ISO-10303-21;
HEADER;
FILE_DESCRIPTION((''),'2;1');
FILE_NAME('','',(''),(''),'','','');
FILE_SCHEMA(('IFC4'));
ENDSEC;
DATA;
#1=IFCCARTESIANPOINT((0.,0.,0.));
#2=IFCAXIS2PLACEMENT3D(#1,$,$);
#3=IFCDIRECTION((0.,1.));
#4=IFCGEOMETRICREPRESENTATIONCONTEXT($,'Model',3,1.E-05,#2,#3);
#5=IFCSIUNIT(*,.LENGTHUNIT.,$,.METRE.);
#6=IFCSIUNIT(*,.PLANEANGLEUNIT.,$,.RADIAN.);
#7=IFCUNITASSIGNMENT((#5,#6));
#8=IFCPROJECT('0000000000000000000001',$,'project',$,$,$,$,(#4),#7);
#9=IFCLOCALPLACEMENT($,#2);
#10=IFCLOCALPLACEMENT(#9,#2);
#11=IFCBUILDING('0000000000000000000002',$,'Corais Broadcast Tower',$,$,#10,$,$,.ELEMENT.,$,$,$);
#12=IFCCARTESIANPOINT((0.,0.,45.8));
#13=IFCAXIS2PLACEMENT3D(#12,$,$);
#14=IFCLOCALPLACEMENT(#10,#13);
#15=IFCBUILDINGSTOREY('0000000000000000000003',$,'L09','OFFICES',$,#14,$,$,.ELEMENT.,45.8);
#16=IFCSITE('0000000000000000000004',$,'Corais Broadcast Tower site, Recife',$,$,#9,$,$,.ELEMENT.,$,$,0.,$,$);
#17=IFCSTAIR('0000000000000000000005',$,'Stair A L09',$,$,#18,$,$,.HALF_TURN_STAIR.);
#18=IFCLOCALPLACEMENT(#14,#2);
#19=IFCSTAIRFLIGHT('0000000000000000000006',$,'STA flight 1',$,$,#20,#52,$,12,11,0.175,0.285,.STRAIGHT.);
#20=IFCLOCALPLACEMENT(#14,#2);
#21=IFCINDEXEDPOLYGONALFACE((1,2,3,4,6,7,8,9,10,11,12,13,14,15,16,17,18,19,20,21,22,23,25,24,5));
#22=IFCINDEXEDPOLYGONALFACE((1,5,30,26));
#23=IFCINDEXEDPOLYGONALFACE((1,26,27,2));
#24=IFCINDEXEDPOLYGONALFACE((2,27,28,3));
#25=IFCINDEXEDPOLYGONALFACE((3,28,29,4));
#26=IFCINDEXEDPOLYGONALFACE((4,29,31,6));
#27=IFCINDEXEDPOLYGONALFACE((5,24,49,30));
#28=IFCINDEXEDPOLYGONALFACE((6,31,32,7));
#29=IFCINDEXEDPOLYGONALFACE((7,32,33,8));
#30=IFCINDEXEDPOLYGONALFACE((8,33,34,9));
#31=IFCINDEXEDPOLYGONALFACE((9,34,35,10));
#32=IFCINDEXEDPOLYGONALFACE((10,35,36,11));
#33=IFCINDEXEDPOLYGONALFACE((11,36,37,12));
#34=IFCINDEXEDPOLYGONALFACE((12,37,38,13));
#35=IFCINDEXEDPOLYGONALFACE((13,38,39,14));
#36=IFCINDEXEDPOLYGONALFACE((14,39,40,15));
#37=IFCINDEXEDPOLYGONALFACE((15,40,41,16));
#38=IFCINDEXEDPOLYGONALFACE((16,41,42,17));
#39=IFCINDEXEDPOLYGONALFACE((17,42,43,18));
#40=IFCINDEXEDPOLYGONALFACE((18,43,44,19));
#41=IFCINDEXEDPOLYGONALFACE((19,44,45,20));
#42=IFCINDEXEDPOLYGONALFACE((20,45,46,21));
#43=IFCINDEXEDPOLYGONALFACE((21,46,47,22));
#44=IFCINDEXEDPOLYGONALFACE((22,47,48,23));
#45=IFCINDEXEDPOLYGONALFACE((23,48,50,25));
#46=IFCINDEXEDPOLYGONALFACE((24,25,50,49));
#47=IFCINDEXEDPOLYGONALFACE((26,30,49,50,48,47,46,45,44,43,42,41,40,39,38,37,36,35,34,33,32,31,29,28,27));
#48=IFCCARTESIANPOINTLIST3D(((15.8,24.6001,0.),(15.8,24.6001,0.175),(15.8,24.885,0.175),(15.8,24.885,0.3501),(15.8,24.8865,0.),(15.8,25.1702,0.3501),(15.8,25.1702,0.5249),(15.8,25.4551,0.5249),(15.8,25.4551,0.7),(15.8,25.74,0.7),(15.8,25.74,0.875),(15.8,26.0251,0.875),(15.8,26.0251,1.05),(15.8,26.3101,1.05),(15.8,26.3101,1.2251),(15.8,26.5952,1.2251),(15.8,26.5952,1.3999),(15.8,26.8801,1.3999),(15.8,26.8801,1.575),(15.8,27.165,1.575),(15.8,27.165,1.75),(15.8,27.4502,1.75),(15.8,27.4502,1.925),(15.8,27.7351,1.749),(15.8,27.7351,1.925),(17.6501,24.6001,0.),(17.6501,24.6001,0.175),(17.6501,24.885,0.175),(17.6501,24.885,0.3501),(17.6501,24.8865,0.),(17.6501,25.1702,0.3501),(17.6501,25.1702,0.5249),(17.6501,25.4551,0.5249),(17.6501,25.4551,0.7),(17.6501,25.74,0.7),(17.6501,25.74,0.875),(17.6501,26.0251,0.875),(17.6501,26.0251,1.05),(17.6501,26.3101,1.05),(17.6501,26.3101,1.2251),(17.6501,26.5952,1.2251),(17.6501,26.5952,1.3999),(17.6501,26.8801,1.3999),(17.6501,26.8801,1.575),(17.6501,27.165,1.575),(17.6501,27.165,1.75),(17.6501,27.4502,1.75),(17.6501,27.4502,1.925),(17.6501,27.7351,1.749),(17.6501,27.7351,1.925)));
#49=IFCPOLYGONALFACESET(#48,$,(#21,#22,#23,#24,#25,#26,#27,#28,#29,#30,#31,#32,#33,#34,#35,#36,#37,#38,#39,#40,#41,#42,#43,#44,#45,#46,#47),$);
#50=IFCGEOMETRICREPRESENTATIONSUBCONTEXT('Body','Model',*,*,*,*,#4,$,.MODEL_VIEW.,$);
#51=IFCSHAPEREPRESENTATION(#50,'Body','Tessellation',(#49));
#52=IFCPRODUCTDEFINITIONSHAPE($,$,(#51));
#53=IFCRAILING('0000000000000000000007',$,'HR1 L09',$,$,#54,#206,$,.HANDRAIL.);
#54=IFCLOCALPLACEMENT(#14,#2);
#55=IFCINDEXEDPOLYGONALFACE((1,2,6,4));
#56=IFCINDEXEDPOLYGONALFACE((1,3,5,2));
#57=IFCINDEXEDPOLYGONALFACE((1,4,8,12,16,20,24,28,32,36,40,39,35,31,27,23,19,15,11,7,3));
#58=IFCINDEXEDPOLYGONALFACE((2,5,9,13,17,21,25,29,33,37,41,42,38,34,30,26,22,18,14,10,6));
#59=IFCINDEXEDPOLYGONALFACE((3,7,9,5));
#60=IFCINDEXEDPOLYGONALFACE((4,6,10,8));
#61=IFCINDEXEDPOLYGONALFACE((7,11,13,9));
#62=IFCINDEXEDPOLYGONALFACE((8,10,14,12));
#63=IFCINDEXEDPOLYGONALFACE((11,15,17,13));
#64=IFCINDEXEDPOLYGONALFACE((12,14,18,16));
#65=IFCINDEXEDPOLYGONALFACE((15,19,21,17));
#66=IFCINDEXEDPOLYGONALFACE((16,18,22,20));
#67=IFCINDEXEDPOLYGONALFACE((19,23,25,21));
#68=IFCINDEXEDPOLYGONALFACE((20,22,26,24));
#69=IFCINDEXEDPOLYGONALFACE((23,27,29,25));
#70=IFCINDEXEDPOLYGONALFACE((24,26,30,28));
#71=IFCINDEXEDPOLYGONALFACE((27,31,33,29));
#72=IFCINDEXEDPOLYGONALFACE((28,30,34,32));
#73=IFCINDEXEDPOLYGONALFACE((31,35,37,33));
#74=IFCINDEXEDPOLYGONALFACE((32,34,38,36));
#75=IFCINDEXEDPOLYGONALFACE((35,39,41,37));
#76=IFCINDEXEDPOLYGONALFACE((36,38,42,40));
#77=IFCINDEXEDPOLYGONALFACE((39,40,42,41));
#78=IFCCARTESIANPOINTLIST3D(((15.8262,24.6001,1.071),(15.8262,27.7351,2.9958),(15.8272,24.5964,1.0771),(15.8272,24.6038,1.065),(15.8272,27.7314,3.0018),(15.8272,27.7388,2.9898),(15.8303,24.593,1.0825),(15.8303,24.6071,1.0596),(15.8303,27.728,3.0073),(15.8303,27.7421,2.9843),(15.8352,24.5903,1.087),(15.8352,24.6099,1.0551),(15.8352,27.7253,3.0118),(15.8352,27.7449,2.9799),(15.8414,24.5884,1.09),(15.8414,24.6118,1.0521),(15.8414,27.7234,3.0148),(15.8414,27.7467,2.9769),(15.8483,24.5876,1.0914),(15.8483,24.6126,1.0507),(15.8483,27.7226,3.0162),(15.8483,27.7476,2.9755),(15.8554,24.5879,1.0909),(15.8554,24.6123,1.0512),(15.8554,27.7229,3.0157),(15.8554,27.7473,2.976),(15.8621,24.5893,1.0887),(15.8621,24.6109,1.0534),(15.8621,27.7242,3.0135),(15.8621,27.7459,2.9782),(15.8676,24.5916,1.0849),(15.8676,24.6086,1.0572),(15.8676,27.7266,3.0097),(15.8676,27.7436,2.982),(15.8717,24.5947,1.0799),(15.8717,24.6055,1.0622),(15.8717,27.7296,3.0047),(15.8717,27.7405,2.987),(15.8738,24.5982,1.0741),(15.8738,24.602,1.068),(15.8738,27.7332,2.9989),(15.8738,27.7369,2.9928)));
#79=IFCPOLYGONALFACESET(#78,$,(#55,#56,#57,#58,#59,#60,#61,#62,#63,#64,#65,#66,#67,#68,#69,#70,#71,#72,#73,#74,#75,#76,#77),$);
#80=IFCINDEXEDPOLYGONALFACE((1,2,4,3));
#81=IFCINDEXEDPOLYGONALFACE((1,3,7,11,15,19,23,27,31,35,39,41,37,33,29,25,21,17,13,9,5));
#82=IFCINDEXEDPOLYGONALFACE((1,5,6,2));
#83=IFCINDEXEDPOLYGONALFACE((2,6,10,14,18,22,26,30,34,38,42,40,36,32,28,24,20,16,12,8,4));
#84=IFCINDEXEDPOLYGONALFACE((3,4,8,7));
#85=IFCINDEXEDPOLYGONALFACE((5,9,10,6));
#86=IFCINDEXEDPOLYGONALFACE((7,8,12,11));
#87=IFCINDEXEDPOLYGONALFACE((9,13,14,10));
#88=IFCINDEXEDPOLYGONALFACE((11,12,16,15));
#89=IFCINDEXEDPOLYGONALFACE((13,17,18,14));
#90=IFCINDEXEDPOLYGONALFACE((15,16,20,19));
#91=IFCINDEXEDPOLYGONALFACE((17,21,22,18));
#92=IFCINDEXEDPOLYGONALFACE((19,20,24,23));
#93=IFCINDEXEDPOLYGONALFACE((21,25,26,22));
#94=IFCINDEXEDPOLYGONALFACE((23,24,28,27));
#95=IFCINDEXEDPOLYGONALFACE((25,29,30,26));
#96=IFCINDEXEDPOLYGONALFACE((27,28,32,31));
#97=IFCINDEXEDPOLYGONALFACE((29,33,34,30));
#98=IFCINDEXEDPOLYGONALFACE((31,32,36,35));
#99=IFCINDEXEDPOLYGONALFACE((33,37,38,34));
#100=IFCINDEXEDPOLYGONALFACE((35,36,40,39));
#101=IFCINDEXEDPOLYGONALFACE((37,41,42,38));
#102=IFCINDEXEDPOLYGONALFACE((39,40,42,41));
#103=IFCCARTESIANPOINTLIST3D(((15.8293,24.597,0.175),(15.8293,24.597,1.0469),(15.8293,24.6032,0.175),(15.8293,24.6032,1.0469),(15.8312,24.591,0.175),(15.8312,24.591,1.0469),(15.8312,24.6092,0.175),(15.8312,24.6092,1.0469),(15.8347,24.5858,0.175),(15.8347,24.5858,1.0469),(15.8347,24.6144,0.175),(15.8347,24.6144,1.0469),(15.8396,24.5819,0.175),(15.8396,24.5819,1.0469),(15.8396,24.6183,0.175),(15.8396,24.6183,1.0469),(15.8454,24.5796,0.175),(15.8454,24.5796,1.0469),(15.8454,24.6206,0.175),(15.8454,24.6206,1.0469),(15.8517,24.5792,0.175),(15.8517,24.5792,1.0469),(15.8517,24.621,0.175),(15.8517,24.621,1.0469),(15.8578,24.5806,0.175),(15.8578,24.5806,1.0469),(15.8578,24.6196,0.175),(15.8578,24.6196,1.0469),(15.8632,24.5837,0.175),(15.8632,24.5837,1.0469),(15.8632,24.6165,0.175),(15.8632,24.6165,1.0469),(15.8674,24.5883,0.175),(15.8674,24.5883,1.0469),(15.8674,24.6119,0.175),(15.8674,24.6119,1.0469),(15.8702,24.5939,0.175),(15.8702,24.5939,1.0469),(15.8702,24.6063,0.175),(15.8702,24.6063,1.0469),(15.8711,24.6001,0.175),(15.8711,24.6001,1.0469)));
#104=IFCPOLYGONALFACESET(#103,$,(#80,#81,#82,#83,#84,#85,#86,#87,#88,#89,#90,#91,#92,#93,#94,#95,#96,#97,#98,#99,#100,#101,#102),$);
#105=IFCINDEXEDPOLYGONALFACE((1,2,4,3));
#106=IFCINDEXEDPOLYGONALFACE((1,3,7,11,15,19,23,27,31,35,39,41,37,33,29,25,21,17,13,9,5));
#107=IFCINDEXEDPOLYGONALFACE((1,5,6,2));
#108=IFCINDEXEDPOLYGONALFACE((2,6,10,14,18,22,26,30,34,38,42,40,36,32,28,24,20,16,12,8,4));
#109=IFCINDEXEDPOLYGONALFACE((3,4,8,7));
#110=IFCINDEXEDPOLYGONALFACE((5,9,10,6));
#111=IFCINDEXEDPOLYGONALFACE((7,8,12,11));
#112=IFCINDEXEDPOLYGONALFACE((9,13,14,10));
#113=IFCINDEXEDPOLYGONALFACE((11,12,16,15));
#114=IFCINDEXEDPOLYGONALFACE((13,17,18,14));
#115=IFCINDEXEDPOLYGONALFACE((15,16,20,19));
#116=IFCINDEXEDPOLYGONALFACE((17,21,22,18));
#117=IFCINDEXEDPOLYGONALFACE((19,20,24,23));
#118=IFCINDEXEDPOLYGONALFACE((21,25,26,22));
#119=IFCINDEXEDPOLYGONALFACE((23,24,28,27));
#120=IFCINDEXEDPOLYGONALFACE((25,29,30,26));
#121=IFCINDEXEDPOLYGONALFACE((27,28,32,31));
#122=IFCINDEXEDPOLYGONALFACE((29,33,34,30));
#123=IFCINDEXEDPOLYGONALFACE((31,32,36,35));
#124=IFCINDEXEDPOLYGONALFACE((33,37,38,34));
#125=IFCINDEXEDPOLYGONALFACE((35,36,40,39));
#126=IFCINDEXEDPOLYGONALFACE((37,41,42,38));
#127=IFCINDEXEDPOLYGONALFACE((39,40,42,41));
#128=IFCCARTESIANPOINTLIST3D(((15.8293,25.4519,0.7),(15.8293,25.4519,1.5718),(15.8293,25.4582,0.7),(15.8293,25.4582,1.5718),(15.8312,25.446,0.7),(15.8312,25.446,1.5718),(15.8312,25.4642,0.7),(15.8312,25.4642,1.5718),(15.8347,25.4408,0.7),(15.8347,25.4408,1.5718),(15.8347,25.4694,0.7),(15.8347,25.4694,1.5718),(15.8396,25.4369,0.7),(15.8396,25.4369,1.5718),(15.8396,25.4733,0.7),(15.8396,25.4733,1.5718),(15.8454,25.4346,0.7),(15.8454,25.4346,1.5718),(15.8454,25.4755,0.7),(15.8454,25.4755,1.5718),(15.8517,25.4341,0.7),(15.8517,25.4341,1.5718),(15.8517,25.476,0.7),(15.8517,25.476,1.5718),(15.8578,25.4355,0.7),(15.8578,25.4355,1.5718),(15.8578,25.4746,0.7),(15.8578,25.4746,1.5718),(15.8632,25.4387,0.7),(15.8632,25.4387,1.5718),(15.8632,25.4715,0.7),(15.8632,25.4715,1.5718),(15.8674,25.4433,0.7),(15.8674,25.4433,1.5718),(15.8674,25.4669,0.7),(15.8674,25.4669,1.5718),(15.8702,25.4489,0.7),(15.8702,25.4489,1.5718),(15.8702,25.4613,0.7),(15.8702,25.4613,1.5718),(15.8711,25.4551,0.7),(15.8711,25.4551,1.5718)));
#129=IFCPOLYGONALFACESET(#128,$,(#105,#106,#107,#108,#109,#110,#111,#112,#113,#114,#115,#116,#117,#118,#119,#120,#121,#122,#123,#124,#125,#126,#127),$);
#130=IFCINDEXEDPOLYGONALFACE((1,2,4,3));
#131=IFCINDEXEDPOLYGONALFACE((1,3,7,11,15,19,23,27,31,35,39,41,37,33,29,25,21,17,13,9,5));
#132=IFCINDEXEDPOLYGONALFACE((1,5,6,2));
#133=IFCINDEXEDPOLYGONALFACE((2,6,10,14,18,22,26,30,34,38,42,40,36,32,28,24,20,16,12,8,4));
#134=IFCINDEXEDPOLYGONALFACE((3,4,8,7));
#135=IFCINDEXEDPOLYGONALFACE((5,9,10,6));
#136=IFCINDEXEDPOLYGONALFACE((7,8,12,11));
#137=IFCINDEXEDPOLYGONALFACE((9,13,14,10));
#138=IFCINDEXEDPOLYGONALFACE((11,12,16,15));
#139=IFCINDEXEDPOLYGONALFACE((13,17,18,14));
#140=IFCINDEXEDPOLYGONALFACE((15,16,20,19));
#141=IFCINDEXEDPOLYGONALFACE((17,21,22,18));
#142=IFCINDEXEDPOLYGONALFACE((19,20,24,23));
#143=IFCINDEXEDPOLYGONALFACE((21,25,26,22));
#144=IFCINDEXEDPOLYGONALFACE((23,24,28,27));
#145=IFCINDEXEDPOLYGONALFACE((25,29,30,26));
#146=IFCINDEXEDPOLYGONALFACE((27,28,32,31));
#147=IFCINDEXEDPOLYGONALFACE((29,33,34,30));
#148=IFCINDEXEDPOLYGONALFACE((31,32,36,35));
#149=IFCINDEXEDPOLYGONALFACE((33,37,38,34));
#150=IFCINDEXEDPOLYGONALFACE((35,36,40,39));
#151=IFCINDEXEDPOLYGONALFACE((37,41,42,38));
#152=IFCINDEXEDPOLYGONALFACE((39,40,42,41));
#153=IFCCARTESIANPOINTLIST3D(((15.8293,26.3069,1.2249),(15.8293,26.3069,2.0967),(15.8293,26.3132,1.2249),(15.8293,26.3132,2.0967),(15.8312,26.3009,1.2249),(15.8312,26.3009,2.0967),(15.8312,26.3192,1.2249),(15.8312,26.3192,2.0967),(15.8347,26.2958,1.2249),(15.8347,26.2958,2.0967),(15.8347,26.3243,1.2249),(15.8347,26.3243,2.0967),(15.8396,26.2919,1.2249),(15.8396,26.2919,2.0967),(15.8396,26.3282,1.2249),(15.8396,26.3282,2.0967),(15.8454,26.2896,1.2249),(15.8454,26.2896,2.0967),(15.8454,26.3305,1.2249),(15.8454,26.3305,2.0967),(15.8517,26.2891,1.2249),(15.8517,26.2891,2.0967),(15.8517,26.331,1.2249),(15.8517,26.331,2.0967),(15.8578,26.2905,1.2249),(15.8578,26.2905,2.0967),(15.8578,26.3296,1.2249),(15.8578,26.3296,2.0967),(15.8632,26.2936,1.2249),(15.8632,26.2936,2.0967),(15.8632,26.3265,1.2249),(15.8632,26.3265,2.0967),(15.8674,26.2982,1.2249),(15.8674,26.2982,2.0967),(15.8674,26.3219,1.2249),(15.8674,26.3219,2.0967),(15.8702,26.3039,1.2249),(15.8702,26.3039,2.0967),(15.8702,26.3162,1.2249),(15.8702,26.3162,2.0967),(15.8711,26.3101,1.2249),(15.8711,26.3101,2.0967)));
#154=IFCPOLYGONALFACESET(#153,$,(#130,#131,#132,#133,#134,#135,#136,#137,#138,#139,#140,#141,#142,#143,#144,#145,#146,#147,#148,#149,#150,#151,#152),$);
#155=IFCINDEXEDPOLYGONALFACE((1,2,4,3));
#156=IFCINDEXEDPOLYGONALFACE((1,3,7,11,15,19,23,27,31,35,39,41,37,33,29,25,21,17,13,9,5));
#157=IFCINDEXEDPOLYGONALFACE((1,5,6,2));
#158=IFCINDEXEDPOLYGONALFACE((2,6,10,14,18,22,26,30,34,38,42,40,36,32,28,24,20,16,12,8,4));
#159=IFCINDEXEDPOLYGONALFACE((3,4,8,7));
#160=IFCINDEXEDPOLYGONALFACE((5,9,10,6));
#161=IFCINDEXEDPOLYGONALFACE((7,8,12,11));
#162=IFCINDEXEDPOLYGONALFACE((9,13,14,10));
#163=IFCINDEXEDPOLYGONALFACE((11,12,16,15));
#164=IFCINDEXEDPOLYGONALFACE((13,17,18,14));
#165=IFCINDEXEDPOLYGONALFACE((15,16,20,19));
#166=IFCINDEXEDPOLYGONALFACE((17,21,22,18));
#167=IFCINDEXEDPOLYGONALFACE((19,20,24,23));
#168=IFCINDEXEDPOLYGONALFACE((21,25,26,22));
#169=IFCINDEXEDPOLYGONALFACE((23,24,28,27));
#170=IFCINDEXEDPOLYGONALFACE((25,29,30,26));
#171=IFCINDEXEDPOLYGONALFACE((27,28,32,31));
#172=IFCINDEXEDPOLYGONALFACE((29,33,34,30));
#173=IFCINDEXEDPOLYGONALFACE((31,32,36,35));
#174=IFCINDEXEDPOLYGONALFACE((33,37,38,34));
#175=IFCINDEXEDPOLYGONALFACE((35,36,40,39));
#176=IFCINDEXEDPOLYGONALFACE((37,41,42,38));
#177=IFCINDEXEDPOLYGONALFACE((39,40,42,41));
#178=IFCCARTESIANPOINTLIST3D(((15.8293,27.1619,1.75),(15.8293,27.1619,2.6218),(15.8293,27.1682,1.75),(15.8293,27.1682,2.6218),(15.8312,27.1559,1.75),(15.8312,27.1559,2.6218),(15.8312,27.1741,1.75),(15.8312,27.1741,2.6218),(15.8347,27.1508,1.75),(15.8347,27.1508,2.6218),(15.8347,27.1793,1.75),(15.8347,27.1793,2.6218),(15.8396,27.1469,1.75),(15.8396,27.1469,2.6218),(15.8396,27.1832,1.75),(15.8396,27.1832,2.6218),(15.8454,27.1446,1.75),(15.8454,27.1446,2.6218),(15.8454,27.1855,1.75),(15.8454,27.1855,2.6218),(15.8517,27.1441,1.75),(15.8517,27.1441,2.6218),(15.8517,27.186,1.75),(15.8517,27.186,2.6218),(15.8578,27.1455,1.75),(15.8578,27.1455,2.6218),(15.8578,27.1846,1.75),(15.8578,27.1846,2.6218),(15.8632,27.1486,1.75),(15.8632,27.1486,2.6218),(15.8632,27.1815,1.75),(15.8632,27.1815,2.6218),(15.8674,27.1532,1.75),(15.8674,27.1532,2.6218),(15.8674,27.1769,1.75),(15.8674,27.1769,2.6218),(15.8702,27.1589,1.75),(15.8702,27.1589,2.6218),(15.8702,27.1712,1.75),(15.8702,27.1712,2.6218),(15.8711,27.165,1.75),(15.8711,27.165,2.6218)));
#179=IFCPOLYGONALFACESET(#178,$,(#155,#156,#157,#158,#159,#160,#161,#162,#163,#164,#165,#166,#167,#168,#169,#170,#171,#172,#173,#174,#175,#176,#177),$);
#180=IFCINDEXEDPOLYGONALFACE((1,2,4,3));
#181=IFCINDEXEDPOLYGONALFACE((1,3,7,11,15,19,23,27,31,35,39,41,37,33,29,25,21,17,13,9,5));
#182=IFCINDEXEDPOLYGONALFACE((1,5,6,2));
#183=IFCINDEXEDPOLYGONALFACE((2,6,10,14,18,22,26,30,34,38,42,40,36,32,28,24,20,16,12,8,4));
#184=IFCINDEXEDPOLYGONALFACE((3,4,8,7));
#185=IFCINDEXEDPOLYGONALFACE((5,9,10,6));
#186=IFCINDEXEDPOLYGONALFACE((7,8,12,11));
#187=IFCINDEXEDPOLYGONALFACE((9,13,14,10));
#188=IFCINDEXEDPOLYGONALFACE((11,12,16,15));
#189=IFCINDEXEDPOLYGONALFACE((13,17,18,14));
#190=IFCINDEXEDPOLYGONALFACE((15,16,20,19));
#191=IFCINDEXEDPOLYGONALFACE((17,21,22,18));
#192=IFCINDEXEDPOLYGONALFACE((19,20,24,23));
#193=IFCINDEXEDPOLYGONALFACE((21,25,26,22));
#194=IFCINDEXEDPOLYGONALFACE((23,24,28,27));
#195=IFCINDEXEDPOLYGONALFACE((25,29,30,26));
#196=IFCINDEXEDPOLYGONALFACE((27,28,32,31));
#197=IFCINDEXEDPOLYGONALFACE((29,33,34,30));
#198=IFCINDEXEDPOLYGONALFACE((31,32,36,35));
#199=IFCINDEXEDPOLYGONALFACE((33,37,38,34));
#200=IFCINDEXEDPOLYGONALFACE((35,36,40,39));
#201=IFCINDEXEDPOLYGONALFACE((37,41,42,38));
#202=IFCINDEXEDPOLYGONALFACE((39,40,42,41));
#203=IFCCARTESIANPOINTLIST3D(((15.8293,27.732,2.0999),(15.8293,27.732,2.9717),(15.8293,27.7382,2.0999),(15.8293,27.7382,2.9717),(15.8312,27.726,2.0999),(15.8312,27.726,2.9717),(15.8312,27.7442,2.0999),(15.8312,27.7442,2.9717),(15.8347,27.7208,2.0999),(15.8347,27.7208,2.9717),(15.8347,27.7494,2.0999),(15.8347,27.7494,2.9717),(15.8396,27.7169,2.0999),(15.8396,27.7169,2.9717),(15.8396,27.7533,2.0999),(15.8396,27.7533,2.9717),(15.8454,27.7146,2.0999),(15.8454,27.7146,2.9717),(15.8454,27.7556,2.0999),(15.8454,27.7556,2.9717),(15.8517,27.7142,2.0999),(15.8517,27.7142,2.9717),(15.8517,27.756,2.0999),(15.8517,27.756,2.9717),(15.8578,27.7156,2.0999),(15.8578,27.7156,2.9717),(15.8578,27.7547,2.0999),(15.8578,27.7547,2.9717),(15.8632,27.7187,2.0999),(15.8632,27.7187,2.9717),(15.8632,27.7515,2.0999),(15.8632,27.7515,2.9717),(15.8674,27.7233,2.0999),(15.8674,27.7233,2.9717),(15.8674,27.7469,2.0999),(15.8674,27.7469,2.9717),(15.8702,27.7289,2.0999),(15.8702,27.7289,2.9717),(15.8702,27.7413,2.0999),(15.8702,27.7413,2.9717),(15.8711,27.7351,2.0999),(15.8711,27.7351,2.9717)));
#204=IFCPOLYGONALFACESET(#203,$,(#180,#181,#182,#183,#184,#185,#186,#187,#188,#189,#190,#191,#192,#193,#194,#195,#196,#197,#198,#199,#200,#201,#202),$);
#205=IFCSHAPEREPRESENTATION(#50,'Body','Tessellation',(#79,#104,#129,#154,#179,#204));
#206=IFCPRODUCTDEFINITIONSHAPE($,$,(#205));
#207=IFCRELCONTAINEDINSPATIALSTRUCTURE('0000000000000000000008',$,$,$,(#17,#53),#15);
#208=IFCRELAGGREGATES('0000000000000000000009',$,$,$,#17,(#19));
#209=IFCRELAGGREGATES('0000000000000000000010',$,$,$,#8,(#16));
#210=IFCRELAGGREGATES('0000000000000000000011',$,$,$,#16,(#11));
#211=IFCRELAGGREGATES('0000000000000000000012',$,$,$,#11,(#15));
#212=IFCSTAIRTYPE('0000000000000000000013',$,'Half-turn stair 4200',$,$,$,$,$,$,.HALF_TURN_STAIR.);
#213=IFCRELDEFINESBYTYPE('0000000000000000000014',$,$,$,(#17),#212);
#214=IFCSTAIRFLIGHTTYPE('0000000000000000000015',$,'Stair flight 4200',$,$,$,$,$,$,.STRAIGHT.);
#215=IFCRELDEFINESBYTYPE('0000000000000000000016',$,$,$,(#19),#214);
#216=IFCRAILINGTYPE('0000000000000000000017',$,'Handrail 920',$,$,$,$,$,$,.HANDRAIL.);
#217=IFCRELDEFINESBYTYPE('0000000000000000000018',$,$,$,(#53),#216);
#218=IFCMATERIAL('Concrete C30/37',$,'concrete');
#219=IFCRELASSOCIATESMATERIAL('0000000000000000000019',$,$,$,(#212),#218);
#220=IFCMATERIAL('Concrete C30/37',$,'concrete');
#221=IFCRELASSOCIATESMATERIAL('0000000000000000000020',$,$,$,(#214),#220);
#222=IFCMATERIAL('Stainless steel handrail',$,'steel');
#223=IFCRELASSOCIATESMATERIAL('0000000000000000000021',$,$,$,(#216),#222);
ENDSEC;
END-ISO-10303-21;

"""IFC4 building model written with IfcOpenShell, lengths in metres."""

from ifc_helpers import new_model, si_unit, direction, frame, origin, origin_2d, place, context, subcontext, project, spatial, polyline, circle, outline, extrude, material, type_object, element, aggregate, save


model = new_model("IFC4")

# Units and contexts
model_context = context("Model", 3, precision=1e-05, world=origin(), true_north=direction((0.0, 1.0)))
body_context = subcontext(model_context, "Body", "Model", "MODEL_VIEW")
ifc_project = project(units=[si_unit("LENGTHUNIT", "METRE"), si_unit("PLANEANGLEUNIT", "RADIAN")], contexts=[model_context])

# Site, building, storey
site_placement = place(None, origin())
site = spatial("IfcSite", under=ifc_project, at=site_placement, Name="Corais Broadcast Tower site, Recife", CompositionType="ELEMENT", RefElevation=0.0)
building_placement = place(site_placement, origin())
building = spatial("IfcBuilding", under=site, at=building_placement, Name="Corais Broadcast Tower", CompositionType="ELEMENT")
storey_placement = place(building_placement, frame((0.0, 0.0, 45.8)))
storey = spatial("IfcBuildingStorey", under=building, at=storey_placement, Name="L09", Description="OFFICES", CompositionType="ELEMENT", Elevation=45.8)

# Stair, stair flight
ifc_material_1 = material(Name="Concrete C30/37", Category="concrete")
stair_type = type_object("IfcStairType", Name="Half-turn stair 4200", PredefinedType="HALF_TURN_STAIR", material=ifc_material_1)
stair_placement = place(storey_placement, origin())
stair = element("IfcStair", 1, at=stair_placement, inside=storey, type_object=stair_type, Name="Stair A L09", PredefinedType="HALF_TURN_STAIR")
ifc_material_2 = material(Name="Concrete C30/37", Category="concrete")
stair_flight_type = type_object("IfcStairFlightType", Name="Stair flight 4200", PredefinedType="STRAIGHT", material=ifc_material_2)
stair_flight_placement = place(storey_placement, frame((16.7251, 24.6001, 0.0), z_axis=(0.0, 0.0, 1.0), x_axis=(0.0, 1.0, 0.0)))
stair_flight = element("IfcStairFlight", 2, at=stair_flight_placement, type_object=stair_flight_type, Name="STA flight 1", NumberOfRisers=12, NumberOfTreads=11, PredefinedType="STRAIGHT", RiserHeight=0.175, TreadLength=0.285, context=body_context, shape_type="SweptSolid", body=[
    extrude(outline(polyline([(0.0, 0.0), (0.0, 0.175), (0.2849, 0.175), (0.2849, 0.3501), (0.5701, 0.3501), (0.5701, 0.5249), (0.855, 0.5249), (0.855, 0.7), (1.1399, 0.7), (1.1399, 0.875), (1.425, 0.875), (1.425, 1.05), (1.71, 1.05), (1.71, 1.2251), (1.9951, 1.2251), (1.9951, 1.3999), (2.28, 1.3999), (2.28, 1.575), (2.5649, 1.575), (2.5649, 1.75), (2.8501, 1.75), (2.8501, 1.925), (3.135, 1.925), (3.135, 2.1001), (3.135, 1.749), (0.2864, 0.0), (0.0, 0.0)])), frame((0.0, 0.925, 0.0), z_axis=(0.0, -1.0, 0.0), x_axis=(1.0, 0.0, 0.0)), (0.0, 0.0, 1.0), 1.8501),
])
aggregate(stair, [stair_flight])

# Railing
ifc_material_3 = material(Name="Stainless steel handrail", Category="steel")
railing_type = type_object("IfcRailingType", Name="Handrail 920", PredefinedType="HANDRAIL", material=ifc_material_3)
railing_placement = place(storey_placement, frame((15.8501, 24.6001, 0.175)))
element("IfcRailing", 3, at=railing_placement, inside=storey, type_object=railing_type, Name="HR1 L09", PredefinedType="HANDRAIL", context=body_context, shape_type="SweptSolid", body=[
    extrude(circle(Radius=0.0239, at=origin_2d()), frame((0.0, 0.0, 0.896), z_axis=(0.0, 0.852196, 0.523223), x_axis=(-1.0, 0.0, 0.0)), (0.0, 0.0, 1.0), 3.6787),
    extrude(circle(Radius=0.021, at=origin_2d()), origin(), (0.0, 0.0, 1.0), 0.8718),
    extrude(circle(Radius=0.021, at=origin_2d()), frame((0.0, 0.855, 0.5249)), (0.0, 0.0, 1.0), 0.8718),
    extrude(circle(Radius=0.021, at=origin_2d()), frame((0.0, 1.71, 1.0498)), (0.0, 0.0, 1.0), 0.8718),
    extrude(circle(Radius=0.021, at=origin_2d()), frame((0.0, 2.5649, 1.575)), (0.0, 0.0, 1.0), 0.8718),
    extrude(circle(Radius=0.021, at=origin_2d()), frame((0.0, 3.135, 1.9248)), (0.0, 0.0, 1.0), 0.8718),
])

save(model, "model.ifc")
